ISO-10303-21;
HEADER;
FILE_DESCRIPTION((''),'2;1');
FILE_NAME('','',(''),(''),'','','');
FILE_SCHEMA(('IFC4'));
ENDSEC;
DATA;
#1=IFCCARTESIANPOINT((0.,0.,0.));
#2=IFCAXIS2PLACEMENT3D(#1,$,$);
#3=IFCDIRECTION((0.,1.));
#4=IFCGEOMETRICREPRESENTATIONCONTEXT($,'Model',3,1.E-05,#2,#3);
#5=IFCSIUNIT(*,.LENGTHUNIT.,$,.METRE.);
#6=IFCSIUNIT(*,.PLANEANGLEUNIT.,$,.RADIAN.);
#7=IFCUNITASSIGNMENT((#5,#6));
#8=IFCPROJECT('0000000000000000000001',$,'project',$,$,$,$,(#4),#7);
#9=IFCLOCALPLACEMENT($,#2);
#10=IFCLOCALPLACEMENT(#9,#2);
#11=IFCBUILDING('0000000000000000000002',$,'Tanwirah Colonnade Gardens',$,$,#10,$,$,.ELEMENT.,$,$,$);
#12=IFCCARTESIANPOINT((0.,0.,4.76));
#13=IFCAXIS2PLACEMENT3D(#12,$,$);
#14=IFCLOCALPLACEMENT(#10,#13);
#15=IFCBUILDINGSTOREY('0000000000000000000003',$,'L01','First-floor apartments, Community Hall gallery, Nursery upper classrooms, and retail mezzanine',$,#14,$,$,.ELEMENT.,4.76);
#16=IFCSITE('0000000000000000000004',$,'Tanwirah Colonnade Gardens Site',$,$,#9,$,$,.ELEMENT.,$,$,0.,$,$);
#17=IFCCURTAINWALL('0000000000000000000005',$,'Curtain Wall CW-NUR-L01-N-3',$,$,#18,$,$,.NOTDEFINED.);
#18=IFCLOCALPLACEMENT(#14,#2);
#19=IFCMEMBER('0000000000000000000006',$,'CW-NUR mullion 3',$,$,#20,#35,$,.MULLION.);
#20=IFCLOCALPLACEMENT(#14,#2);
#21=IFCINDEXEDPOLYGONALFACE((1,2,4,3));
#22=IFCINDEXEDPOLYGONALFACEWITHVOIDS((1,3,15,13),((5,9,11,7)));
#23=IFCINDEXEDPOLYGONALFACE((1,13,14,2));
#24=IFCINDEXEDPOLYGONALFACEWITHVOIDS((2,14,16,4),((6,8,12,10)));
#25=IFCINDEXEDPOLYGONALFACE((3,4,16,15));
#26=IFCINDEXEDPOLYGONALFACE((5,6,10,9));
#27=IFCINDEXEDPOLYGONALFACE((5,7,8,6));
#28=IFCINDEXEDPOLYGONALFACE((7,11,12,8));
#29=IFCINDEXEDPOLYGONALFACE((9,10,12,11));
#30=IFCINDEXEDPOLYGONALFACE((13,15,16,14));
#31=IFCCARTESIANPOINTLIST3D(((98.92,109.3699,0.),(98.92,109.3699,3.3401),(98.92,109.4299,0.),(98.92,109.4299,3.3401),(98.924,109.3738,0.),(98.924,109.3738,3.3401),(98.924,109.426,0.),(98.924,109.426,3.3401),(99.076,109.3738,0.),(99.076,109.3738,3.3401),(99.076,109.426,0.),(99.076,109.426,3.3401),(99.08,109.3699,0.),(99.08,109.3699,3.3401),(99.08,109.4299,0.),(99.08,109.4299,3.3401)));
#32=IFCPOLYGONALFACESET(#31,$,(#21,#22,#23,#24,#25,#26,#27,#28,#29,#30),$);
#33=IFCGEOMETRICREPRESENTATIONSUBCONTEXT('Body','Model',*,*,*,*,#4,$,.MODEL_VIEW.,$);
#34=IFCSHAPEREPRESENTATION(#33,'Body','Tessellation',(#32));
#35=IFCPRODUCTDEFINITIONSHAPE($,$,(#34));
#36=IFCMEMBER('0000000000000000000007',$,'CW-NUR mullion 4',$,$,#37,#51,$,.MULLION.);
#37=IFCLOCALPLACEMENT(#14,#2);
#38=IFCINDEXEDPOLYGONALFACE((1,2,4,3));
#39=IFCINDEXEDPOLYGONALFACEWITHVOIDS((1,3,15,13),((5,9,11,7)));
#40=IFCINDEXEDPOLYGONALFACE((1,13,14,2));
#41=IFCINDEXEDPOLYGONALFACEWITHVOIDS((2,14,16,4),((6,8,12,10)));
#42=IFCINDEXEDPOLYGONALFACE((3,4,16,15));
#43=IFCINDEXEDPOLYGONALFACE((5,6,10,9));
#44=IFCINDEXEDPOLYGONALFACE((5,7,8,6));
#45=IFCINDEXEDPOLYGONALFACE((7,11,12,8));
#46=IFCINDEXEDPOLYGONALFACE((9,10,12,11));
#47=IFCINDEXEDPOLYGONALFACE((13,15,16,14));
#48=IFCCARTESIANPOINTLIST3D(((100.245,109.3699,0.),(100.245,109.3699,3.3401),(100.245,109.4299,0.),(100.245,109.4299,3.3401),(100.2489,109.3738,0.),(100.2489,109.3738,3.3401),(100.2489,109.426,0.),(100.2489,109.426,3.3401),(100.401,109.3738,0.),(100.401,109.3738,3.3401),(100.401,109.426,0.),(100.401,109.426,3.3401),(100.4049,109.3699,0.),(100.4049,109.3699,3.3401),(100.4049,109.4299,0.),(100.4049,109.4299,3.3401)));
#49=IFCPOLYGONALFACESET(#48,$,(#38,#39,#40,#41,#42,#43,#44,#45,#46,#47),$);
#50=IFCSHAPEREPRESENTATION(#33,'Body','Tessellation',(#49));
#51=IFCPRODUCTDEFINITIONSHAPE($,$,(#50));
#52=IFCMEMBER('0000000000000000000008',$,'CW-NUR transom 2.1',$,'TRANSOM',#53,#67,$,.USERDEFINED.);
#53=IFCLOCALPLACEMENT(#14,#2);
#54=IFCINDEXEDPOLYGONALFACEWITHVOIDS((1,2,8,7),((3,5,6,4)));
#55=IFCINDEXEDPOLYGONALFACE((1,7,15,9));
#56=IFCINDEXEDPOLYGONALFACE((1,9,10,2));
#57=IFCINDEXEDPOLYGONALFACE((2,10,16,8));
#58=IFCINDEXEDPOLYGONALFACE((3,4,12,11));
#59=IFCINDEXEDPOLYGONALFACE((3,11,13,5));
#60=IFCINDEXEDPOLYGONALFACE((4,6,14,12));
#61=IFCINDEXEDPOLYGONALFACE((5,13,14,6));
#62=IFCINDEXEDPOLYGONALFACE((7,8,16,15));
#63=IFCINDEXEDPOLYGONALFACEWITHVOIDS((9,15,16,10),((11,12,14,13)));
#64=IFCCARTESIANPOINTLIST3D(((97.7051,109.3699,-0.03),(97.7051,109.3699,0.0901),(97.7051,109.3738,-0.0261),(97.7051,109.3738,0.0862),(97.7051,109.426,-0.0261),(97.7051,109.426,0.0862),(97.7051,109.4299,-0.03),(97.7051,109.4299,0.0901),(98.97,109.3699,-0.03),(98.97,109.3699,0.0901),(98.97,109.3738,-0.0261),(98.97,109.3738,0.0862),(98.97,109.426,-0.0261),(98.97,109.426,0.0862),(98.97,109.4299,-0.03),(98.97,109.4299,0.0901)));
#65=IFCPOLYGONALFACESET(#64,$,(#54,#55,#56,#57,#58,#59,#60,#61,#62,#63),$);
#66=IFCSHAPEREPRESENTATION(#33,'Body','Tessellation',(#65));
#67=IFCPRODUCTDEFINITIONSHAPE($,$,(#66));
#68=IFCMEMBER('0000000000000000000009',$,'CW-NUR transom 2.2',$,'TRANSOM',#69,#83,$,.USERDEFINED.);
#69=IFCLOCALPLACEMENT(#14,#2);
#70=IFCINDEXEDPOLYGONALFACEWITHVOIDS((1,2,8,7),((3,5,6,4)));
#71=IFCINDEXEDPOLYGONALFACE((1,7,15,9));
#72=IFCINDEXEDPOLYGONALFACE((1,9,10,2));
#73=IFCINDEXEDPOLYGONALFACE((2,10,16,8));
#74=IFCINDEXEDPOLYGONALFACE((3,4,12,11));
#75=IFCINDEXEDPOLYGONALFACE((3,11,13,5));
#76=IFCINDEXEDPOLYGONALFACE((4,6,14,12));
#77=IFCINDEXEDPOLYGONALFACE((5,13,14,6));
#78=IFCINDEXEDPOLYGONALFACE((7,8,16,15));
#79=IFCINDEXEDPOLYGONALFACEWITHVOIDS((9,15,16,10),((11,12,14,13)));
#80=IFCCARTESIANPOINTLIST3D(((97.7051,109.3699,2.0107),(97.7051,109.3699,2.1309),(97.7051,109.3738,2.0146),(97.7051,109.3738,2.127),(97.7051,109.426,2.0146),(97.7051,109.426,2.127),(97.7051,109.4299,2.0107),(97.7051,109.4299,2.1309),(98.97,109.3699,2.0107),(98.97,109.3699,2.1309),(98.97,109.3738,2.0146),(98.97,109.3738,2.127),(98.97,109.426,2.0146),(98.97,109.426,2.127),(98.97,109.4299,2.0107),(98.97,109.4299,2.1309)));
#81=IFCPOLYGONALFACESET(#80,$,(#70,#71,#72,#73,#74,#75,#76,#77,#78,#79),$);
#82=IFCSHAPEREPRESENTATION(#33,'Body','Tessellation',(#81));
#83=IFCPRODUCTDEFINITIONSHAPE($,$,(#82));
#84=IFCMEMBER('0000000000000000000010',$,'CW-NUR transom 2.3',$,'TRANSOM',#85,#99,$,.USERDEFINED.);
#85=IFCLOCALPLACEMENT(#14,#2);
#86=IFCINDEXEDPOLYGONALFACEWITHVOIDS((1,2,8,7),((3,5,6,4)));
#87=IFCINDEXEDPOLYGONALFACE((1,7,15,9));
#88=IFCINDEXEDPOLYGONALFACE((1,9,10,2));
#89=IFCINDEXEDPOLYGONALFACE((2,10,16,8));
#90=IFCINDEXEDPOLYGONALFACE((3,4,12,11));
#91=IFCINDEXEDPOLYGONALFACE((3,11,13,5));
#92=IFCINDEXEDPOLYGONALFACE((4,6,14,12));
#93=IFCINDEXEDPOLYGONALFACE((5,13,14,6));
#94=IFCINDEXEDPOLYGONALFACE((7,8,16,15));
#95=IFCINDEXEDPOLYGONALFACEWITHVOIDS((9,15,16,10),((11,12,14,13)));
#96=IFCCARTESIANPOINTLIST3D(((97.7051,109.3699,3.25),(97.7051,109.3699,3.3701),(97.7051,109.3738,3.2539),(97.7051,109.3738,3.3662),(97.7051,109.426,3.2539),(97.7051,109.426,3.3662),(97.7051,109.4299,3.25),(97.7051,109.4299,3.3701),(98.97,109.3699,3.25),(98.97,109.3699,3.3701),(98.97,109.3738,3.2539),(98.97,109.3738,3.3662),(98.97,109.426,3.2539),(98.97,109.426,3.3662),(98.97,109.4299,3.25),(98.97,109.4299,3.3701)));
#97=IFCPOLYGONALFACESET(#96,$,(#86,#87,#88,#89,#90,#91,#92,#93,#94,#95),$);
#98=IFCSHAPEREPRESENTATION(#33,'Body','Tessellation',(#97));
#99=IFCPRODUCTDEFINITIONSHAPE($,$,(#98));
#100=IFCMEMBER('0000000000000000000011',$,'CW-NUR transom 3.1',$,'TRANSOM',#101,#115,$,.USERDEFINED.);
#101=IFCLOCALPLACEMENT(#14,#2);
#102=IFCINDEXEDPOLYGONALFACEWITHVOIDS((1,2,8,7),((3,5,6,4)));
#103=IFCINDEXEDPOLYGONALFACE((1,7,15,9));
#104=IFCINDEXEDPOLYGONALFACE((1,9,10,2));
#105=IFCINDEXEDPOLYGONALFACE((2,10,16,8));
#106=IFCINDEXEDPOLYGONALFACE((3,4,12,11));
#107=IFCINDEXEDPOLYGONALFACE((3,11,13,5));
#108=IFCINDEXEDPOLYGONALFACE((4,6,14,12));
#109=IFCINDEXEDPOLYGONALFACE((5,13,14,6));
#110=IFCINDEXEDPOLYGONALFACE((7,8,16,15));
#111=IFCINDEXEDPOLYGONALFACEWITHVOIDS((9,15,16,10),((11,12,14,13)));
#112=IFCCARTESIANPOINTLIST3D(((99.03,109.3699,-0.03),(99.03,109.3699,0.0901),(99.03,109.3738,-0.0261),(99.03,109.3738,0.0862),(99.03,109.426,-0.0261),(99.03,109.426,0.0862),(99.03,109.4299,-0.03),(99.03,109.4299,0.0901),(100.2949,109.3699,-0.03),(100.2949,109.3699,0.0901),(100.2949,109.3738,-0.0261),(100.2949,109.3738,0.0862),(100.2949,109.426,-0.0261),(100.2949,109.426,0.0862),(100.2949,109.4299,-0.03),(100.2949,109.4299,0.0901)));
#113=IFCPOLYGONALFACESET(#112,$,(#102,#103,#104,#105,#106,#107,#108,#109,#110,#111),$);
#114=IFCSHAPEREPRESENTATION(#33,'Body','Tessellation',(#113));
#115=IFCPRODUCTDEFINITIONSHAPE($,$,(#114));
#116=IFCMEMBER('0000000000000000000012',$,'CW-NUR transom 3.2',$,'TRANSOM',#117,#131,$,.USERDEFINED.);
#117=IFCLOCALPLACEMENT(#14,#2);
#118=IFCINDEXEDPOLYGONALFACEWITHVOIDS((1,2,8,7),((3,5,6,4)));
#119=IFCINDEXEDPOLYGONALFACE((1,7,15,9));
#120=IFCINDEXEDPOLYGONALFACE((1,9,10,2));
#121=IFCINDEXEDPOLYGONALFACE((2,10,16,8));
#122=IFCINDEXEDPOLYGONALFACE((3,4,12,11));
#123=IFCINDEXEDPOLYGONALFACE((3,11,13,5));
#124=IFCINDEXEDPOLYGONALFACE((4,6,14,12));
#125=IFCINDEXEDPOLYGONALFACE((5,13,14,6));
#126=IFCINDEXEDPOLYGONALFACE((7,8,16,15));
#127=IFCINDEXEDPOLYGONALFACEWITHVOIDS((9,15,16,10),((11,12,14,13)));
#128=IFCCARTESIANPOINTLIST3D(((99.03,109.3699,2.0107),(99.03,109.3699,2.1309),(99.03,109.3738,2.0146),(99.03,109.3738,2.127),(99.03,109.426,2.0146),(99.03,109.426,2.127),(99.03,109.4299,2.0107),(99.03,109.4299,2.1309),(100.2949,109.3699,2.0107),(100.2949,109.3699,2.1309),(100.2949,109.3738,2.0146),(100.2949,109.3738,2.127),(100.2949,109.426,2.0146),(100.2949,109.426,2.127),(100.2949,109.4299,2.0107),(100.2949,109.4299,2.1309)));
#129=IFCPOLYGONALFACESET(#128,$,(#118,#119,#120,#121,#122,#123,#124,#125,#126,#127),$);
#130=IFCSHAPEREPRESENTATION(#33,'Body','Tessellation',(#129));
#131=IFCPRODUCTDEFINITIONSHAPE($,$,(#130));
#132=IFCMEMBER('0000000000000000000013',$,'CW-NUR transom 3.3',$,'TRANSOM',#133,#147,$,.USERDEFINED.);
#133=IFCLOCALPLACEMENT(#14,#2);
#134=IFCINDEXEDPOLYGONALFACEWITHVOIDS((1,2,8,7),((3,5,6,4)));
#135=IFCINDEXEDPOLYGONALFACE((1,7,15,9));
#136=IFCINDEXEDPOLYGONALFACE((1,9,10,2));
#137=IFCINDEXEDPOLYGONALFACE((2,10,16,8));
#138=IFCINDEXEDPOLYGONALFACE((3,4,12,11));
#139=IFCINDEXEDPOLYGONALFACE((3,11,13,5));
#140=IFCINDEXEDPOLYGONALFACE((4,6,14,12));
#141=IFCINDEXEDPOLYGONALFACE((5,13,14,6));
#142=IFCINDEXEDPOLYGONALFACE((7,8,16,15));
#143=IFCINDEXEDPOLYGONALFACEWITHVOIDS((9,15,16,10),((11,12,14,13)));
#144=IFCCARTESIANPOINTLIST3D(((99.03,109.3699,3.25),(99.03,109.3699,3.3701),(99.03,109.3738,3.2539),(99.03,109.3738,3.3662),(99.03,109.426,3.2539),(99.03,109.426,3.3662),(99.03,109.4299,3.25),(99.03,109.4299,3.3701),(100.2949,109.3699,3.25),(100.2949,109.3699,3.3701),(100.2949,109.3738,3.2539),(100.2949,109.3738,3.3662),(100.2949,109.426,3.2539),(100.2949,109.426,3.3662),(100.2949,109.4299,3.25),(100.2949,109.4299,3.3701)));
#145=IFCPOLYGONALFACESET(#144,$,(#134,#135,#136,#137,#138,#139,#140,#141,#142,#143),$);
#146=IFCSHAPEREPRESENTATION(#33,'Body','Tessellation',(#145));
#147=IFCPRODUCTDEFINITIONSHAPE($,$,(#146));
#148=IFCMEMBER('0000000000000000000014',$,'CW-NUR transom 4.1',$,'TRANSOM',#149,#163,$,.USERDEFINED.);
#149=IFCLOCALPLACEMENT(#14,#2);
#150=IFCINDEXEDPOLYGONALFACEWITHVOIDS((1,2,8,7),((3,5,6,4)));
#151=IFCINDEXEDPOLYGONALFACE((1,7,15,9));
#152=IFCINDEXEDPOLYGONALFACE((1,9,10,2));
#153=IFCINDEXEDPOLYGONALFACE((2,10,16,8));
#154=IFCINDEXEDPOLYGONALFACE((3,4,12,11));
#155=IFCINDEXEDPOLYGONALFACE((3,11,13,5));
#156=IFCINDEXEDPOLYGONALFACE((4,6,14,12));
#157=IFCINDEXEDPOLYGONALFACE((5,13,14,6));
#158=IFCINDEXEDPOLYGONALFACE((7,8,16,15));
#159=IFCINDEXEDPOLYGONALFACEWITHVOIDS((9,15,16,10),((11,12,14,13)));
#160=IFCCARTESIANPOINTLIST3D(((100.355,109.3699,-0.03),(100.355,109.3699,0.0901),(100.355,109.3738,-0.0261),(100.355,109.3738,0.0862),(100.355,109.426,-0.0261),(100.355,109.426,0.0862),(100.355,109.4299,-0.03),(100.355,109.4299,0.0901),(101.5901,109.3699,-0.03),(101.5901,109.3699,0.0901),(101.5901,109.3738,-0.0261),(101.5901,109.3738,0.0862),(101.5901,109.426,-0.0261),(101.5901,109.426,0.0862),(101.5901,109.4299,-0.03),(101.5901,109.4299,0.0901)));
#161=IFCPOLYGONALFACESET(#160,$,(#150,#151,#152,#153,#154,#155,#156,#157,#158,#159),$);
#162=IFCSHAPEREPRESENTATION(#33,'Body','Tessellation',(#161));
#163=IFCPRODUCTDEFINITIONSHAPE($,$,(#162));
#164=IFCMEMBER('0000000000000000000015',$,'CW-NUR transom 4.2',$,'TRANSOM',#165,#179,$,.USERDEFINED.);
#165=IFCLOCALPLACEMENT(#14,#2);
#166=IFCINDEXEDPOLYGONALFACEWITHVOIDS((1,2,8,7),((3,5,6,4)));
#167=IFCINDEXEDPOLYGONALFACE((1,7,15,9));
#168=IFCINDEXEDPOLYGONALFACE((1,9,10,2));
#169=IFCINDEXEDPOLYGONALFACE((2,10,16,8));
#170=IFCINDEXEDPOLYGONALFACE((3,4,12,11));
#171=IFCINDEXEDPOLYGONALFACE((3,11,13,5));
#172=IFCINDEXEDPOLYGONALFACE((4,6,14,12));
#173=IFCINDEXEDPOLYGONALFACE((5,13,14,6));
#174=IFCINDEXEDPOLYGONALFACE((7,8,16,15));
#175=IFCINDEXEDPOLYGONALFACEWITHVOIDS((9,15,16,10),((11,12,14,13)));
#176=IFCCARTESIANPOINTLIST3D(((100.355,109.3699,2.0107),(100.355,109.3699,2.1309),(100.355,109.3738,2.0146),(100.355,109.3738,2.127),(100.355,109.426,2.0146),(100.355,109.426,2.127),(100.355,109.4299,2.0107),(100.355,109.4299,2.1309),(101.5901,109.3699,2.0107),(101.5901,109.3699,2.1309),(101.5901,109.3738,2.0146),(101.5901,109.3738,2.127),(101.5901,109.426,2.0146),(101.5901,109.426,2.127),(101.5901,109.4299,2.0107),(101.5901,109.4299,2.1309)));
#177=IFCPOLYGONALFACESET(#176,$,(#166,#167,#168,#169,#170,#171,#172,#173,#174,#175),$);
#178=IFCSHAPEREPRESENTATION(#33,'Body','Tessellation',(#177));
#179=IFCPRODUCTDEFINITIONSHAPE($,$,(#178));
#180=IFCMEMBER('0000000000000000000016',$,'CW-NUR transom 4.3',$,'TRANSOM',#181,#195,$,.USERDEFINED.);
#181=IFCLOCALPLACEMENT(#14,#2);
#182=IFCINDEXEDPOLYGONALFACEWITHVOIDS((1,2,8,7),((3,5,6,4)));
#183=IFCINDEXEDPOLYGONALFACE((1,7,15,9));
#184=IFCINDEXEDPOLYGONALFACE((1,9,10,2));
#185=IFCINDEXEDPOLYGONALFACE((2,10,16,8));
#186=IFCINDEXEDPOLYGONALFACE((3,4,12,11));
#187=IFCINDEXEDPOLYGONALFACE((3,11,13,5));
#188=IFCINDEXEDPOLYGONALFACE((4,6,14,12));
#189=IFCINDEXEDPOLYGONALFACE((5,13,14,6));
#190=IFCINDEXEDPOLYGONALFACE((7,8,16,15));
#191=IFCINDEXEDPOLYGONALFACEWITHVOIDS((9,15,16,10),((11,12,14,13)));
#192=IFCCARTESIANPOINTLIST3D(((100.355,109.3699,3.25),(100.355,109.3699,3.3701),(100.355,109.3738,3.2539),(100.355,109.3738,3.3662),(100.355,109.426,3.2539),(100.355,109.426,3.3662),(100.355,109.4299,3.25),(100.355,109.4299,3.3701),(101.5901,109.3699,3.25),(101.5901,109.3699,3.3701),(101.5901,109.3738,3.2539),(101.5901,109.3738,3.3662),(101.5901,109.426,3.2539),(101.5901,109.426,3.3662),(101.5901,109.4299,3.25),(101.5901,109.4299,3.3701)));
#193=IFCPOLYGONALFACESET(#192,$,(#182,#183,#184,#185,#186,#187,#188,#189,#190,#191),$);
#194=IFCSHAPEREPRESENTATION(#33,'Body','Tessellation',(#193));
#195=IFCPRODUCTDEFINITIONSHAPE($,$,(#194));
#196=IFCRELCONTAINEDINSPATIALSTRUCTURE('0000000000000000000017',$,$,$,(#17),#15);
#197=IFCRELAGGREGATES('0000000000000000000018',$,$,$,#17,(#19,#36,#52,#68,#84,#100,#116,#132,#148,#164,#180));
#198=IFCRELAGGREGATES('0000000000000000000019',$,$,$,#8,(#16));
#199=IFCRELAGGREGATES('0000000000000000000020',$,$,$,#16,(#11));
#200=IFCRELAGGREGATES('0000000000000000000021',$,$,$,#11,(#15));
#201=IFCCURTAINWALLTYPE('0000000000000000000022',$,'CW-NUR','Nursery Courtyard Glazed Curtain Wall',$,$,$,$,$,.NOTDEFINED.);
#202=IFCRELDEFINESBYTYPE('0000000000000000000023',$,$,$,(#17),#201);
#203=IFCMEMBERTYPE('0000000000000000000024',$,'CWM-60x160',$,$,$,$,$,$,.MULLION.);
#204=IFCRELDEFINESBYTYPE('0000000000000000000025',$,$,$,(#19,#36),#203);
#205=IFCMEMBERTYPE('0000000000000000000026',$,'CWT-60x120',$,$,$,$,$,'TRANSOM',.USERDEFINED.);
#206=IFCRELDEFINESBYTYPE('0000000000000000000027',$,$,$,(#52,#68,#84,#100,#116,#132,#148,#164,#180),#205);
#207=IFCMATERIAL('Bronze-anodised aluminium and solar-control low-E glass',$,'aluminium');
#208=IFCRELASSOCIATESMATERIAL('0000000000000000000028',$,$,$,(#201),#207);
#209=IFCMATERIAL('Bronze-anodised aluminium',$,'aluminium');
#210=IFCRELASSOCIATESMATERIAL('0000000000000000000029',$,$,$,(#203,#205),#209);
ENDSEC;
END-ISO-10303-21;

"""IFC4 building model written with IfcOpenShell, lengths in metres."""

from ifc_helpers import new_model, si_unit, direction, frame, origin, origin_2d, place, context, subcontext, project, spatial, hollow_rectangle, extrude, material, material_profile, profile_set, type_object, element, aggregate, save


model = new_model("IFC4")

# Units and contexts
model_context = context("Model", 3, precision=1e-05, world=origin(), true_north=direction((0.0, 1.0)))
body_context = subcontext(model_context, "Body", "Model", "MODEL_VIEW")
ifc_project = project(units=[si_unit("LENGTHUNIT", "METRE"), si_unit("PLANEANGLEUNIT", "RADIAN")], contexts=[model_context])

# Site, building, storey
site_placement = place(None, origin())
site = spatial("IfcSite", under=ifc_project, at=site_placement, Name="Tanwirah Colonnade Gardens Site", CompositionType="ELEMENT", RefElevation=0.0)
building_placement = place(site_placement, origin())
building = spatial("IfcBuilding", under=site, at=building_placement, Name="Tanwirah Colonnade Gardens", CompositionType="ELEMENT")
storey_placement = place(building_placement, frame((0.0, 0.0, 4.76)))
storey = spatial("IfcBuildingStorey", under=building, at=storey_placement, Name="L01", Description="First-floor apartments, Community Hall gallery, Nursery upper classrooms, and retail mezzanine", CompositionType="ELEMENT", Elevation=4.76)

# Curtain wall, members
ifc_material_1 = material(Name="Bronze-anodised aluminium and solar-control low-E glass", Category="aluminium")
curtain_wall_type = type_object("IfcCurtainWallType", Name="CW-NUR", Description="Nursery Courtyard Glazed Curtain Wall", PredefinedType="NOTDEFINED", material=ifc_material_1)
curtain_wall_placement = place(storey_placement, origin())
curtain_wall = element("IfcCurtainWall", 1, at=curtain_wall_placement, inside=storey, type_object=curtain_wall_type, Name="Curtain Wall CW-NUR-L01-N-3", PredefinedType="NOTDEFINED")
ifc_material_2 = material(Name="Bronze-anodised aluminium", Category="aluminium")
ifc_material_profile_1 = material_profile(ifc_material_2, hollow_rectangle(XDim=0.0601, YDim=0.1599, WallThickness=0.0039, at=origin_2d()), Name="CW-MUL 60x160x4")
ifc_profile_set_1 = profile_set([ifc_material_profile_1], Name="Bronze-anodised aluminium")
member_type_1 = type_object("IfcMemberType", Name="CWM-60x160", PredefinedType="MULLION", material=ifc_profile_set_1)
member_1_placement = place(storey_placement, frame((99.0, 109.3999, 0.0), z_axis=(0.0, 0.0, 1.0), x_axis=(0.0, 1.0, 0.0)))
member_1 = element("IfcMember", 2, at=member_1_placement, type_object=member_type_1, Name="CW-NUR mullion 3", PredefinedType="MULLION", context=body_context, shape_type="SweptSolid", body=[
    extrude(hollow_rectangle(XDim=0.0601, YDim=0.1599, WallThickness=0.0039, at=origin_2d()), origin(), (0.0, 0.0, 1.0), 3.3401),
])
member_2_placement = place(storey_placement, frame((100.325, 109.3999, 0.0), z_axis=(0.0, 0.0, 1.0), x_axis=(0.0, 1.0, 0.0)))
member_2 = element("IfcMember", 3, at=member_2_placement, type_object=member_type_1, Name="CW-NUR mullion 4", PredefinedType="MULLION", context=body_context, shape_type="SweptSolid", body=[
    extrude(hollow_rectangle(XDim=0.0601, YDim=0.1599, WallThickness=0.0039, at=origin_2d()), origin(), (0.0, 0.0, 1.0), 3.3401),
])
ifc_material_profile_2 = material_profile(ifc_material_2, hollow_rectangle(XDim=0.0601, YDim=0.1201, WallThickness=0.0039, at=origin_2d()), Name="CW-TRN 60x120x4")
ifc_profile_set_2 = profile_set([ifc_material_profile_2], Name="Bronze-anodised aluminium")
member_type_2 = type_object("IfcMemberType", Name="CWT-60x120", ElementType="TRANSOM", PredefinedType="USERDEFINED", material=ifc_profile_set_2)
member_3_placement = place(storey_placement, frame((97.7051, 109.3999, 0.03), z_axis=(1.0, 0.0, 0.0), x_axis=(0.0, 1.0, 0.0)))
member_3 = element("IfcMember", 4, at=member_3_placement, type_object=member_type_2, Name="CW-NUR transom 2.1", ObjectType="TRANSOM", PredefinedType="USERDEFINED", context=body_context, shape_type="SweptSolid", body=[
    extrude(hollow_rectangle(XDim=0.0601, YDim=0.1201, WallThickness=0.0039, at=origin_2d()), origin(), (0.0, 0.0, 1.0), 1.2649),
])
member_4_placement = place(storey_placement, frame((97.7051, 109.3999, 2.0708), z_axis=(1.0, 0.0, 0.0), x_axis=(0.0, 1.0, 0.0)))
member_4 = element("IfcMember", 5, at=member_4_placement, type_object=member_type_2, Name="CW-NUR transom 2.2", ObjectType="TRANSOM", PredefinedType="USERDEFINED", context=body_context, shape_type="SweptSolid", body=[
    extrude(hollow_rectangle(XDim=0.0601, YDim=0.1201, WallThickness=0.0039, at=origin_2d()), origin(), (0.0, 0.0, 1.0), 1.2649),
])
member_5_placement = place(storey_placement, frame((97.7051, 109.3999, 3.3101), z_axis=(1.0, 0.0, 0.0), x_axis=(0.0, 1.0, 0.0)))
member_5 = element("IfcMember", 6, at=member_5_placement, type_object=member_type_2, Name="CW-NUR transom 2.3", ObjectType="TRANSOM", PredefinedType="USERDEFINED", context=body_context, shape_type="SweptSolid", body=[
    extrude(hollow_rectangle(XDim=0.0601, YDim=0.1201, WallThickness=0.0039, at=origin_2d()), origin(), (0.0, 0.0, 1.0), 1.2649),
])
member_6_placement = place(storey_placement, frame((99.03, 109.3999, 0.03), z_axis=(1.0, 0.0, 0.0), x_axis=(0.0, 1.0, 0.0)))
member_6 = element("IfcMember", 7, at=member_6_placement, type_object=member_type_2, Name="CW-NUR transom 3.1", ObjectType="TRANSOM", PredefinedType="USERDEFINED", context=body_context, shape_type="SweptSolid", body=[
    extrude(hollow_rectangle(XDim=0.0601, YDim=0.1201, WallThickness=0.0039, at=origin_2d()), origin(), (0.0, 0.0, 1.0), 1.2649),
])
member_7_placement = place(storey_placement, frame((99.03, 109.3999, 2.0708), z_axis=(1.0, 0.0, 0.0), x_axis=(0.0, 1.0, 0.0)))
member_7 = element("IfcMember", 8, at=member_7_placement, type_object=member_type_2, Name="CW-NUR transom 3.2", ObjectType="TRANSOM", PredefinedType="USERDEFINED", context=body_context, shape_type="SweptSolid", body=[
    extrude(hollow_rectangle(XDim=0.0601, YDim=0.1201, WallThickness=0.0039, at=origin_2d()), origin(), (0.0, 0.0, 1.0), 1.2649),
])
member_8_placement = place(storey_placement, frame((99.03, 109.3999, 3.3101), z_axis=(1.0, 0.0, 0.0), x_axis=(0.0, 1.0, 0.0)))
member_8 = element("IfcMember", 9, at=member_8_placement, type_object=member_type_2, Name="CW-NUR transom 3.3", ObjectType="TRANSOM", PredefinedType="USERDEFINED", context=body_context, shape_type="SweptSolid", body=[
    extrude(hollow_rectangle(XDim=0.0601, YDim=0.1201, WallThickness=0.0039, at=origin_2d()), origin(), (0.0, 0.0, 1.0), 1.2649),
])
member_9_placement = place(storey_placement, frame((100.355, 109.3999, 0.03), z_axis=(1.0, 0.0, 0.0), x_axis=(0.0, 1.0, 0.0)))
member_9 = element("IfcMember", 10, at=member_9_placement, type_object=member_type_2, Name="CW-NUR transom 4.1", ObjectType="TRANSOM", PredefinedType="USERDEFINED", context=body_context, shape_type="SweptSolid", body=[
    extrude(hollow_rectangle(XDim=0.0601, YDim=0.1201, WallThickness=0.0039, at=origin_2d()), origin(), (0.0, 0.0, 1.0), 1.2351),
])
member_10_placement = place(storey_placement, frame((100.355, 109.3999, 2.0708), z_axis=(1.0, 0.0, 0.0), x_axis=(0.0, 1.0, 0.0)))
member_10 = element("IfcMember", 11, at=member_10_placement, type_object=member_type_2, Name="CW-NUR transom 4.2", ObjectType="TRANSOM", PredefinedType="USERDEFINED", context=body_context, shape_type="SweptSolid", body=[
    extrude(hollow_rectangle(XDim=0.0601, YDim=0.1201, WallThickness=0.0039, at=origin_2d()), origin(), (0.0, 0.0, 1.0), 1.2351),
])
member_11_placement = place(storey_placement, frame((100.355, 109.3999, 3.3101), z_axis=(1.0, 0.0, 0.0), x_axis=(0.0, 1.0, 0.0)))
member_11 = element("IfcMember", 12, at=member_11_placement, type_object=member_type_2, Name="CW-NUR transom 4.3", ObjectType="TRANSOM", PredefinedType="USERDEFINED", context=body_context, shape_type="SweptSolid", body=[
    extrude(hollow_rectangle(XDim=0.0601, YDim=0.1201, WallThickness=0.0039, at=origin_2d()), origin(), (0.0, 0.0, 1.0), 1.2351),
])
aggregate(curtain_wall, [member_1, member_2, member_3, member_4, member_5, member_6, member_7, member_8, member_9, member_10, member_11])

save(model, "model.ifc")
